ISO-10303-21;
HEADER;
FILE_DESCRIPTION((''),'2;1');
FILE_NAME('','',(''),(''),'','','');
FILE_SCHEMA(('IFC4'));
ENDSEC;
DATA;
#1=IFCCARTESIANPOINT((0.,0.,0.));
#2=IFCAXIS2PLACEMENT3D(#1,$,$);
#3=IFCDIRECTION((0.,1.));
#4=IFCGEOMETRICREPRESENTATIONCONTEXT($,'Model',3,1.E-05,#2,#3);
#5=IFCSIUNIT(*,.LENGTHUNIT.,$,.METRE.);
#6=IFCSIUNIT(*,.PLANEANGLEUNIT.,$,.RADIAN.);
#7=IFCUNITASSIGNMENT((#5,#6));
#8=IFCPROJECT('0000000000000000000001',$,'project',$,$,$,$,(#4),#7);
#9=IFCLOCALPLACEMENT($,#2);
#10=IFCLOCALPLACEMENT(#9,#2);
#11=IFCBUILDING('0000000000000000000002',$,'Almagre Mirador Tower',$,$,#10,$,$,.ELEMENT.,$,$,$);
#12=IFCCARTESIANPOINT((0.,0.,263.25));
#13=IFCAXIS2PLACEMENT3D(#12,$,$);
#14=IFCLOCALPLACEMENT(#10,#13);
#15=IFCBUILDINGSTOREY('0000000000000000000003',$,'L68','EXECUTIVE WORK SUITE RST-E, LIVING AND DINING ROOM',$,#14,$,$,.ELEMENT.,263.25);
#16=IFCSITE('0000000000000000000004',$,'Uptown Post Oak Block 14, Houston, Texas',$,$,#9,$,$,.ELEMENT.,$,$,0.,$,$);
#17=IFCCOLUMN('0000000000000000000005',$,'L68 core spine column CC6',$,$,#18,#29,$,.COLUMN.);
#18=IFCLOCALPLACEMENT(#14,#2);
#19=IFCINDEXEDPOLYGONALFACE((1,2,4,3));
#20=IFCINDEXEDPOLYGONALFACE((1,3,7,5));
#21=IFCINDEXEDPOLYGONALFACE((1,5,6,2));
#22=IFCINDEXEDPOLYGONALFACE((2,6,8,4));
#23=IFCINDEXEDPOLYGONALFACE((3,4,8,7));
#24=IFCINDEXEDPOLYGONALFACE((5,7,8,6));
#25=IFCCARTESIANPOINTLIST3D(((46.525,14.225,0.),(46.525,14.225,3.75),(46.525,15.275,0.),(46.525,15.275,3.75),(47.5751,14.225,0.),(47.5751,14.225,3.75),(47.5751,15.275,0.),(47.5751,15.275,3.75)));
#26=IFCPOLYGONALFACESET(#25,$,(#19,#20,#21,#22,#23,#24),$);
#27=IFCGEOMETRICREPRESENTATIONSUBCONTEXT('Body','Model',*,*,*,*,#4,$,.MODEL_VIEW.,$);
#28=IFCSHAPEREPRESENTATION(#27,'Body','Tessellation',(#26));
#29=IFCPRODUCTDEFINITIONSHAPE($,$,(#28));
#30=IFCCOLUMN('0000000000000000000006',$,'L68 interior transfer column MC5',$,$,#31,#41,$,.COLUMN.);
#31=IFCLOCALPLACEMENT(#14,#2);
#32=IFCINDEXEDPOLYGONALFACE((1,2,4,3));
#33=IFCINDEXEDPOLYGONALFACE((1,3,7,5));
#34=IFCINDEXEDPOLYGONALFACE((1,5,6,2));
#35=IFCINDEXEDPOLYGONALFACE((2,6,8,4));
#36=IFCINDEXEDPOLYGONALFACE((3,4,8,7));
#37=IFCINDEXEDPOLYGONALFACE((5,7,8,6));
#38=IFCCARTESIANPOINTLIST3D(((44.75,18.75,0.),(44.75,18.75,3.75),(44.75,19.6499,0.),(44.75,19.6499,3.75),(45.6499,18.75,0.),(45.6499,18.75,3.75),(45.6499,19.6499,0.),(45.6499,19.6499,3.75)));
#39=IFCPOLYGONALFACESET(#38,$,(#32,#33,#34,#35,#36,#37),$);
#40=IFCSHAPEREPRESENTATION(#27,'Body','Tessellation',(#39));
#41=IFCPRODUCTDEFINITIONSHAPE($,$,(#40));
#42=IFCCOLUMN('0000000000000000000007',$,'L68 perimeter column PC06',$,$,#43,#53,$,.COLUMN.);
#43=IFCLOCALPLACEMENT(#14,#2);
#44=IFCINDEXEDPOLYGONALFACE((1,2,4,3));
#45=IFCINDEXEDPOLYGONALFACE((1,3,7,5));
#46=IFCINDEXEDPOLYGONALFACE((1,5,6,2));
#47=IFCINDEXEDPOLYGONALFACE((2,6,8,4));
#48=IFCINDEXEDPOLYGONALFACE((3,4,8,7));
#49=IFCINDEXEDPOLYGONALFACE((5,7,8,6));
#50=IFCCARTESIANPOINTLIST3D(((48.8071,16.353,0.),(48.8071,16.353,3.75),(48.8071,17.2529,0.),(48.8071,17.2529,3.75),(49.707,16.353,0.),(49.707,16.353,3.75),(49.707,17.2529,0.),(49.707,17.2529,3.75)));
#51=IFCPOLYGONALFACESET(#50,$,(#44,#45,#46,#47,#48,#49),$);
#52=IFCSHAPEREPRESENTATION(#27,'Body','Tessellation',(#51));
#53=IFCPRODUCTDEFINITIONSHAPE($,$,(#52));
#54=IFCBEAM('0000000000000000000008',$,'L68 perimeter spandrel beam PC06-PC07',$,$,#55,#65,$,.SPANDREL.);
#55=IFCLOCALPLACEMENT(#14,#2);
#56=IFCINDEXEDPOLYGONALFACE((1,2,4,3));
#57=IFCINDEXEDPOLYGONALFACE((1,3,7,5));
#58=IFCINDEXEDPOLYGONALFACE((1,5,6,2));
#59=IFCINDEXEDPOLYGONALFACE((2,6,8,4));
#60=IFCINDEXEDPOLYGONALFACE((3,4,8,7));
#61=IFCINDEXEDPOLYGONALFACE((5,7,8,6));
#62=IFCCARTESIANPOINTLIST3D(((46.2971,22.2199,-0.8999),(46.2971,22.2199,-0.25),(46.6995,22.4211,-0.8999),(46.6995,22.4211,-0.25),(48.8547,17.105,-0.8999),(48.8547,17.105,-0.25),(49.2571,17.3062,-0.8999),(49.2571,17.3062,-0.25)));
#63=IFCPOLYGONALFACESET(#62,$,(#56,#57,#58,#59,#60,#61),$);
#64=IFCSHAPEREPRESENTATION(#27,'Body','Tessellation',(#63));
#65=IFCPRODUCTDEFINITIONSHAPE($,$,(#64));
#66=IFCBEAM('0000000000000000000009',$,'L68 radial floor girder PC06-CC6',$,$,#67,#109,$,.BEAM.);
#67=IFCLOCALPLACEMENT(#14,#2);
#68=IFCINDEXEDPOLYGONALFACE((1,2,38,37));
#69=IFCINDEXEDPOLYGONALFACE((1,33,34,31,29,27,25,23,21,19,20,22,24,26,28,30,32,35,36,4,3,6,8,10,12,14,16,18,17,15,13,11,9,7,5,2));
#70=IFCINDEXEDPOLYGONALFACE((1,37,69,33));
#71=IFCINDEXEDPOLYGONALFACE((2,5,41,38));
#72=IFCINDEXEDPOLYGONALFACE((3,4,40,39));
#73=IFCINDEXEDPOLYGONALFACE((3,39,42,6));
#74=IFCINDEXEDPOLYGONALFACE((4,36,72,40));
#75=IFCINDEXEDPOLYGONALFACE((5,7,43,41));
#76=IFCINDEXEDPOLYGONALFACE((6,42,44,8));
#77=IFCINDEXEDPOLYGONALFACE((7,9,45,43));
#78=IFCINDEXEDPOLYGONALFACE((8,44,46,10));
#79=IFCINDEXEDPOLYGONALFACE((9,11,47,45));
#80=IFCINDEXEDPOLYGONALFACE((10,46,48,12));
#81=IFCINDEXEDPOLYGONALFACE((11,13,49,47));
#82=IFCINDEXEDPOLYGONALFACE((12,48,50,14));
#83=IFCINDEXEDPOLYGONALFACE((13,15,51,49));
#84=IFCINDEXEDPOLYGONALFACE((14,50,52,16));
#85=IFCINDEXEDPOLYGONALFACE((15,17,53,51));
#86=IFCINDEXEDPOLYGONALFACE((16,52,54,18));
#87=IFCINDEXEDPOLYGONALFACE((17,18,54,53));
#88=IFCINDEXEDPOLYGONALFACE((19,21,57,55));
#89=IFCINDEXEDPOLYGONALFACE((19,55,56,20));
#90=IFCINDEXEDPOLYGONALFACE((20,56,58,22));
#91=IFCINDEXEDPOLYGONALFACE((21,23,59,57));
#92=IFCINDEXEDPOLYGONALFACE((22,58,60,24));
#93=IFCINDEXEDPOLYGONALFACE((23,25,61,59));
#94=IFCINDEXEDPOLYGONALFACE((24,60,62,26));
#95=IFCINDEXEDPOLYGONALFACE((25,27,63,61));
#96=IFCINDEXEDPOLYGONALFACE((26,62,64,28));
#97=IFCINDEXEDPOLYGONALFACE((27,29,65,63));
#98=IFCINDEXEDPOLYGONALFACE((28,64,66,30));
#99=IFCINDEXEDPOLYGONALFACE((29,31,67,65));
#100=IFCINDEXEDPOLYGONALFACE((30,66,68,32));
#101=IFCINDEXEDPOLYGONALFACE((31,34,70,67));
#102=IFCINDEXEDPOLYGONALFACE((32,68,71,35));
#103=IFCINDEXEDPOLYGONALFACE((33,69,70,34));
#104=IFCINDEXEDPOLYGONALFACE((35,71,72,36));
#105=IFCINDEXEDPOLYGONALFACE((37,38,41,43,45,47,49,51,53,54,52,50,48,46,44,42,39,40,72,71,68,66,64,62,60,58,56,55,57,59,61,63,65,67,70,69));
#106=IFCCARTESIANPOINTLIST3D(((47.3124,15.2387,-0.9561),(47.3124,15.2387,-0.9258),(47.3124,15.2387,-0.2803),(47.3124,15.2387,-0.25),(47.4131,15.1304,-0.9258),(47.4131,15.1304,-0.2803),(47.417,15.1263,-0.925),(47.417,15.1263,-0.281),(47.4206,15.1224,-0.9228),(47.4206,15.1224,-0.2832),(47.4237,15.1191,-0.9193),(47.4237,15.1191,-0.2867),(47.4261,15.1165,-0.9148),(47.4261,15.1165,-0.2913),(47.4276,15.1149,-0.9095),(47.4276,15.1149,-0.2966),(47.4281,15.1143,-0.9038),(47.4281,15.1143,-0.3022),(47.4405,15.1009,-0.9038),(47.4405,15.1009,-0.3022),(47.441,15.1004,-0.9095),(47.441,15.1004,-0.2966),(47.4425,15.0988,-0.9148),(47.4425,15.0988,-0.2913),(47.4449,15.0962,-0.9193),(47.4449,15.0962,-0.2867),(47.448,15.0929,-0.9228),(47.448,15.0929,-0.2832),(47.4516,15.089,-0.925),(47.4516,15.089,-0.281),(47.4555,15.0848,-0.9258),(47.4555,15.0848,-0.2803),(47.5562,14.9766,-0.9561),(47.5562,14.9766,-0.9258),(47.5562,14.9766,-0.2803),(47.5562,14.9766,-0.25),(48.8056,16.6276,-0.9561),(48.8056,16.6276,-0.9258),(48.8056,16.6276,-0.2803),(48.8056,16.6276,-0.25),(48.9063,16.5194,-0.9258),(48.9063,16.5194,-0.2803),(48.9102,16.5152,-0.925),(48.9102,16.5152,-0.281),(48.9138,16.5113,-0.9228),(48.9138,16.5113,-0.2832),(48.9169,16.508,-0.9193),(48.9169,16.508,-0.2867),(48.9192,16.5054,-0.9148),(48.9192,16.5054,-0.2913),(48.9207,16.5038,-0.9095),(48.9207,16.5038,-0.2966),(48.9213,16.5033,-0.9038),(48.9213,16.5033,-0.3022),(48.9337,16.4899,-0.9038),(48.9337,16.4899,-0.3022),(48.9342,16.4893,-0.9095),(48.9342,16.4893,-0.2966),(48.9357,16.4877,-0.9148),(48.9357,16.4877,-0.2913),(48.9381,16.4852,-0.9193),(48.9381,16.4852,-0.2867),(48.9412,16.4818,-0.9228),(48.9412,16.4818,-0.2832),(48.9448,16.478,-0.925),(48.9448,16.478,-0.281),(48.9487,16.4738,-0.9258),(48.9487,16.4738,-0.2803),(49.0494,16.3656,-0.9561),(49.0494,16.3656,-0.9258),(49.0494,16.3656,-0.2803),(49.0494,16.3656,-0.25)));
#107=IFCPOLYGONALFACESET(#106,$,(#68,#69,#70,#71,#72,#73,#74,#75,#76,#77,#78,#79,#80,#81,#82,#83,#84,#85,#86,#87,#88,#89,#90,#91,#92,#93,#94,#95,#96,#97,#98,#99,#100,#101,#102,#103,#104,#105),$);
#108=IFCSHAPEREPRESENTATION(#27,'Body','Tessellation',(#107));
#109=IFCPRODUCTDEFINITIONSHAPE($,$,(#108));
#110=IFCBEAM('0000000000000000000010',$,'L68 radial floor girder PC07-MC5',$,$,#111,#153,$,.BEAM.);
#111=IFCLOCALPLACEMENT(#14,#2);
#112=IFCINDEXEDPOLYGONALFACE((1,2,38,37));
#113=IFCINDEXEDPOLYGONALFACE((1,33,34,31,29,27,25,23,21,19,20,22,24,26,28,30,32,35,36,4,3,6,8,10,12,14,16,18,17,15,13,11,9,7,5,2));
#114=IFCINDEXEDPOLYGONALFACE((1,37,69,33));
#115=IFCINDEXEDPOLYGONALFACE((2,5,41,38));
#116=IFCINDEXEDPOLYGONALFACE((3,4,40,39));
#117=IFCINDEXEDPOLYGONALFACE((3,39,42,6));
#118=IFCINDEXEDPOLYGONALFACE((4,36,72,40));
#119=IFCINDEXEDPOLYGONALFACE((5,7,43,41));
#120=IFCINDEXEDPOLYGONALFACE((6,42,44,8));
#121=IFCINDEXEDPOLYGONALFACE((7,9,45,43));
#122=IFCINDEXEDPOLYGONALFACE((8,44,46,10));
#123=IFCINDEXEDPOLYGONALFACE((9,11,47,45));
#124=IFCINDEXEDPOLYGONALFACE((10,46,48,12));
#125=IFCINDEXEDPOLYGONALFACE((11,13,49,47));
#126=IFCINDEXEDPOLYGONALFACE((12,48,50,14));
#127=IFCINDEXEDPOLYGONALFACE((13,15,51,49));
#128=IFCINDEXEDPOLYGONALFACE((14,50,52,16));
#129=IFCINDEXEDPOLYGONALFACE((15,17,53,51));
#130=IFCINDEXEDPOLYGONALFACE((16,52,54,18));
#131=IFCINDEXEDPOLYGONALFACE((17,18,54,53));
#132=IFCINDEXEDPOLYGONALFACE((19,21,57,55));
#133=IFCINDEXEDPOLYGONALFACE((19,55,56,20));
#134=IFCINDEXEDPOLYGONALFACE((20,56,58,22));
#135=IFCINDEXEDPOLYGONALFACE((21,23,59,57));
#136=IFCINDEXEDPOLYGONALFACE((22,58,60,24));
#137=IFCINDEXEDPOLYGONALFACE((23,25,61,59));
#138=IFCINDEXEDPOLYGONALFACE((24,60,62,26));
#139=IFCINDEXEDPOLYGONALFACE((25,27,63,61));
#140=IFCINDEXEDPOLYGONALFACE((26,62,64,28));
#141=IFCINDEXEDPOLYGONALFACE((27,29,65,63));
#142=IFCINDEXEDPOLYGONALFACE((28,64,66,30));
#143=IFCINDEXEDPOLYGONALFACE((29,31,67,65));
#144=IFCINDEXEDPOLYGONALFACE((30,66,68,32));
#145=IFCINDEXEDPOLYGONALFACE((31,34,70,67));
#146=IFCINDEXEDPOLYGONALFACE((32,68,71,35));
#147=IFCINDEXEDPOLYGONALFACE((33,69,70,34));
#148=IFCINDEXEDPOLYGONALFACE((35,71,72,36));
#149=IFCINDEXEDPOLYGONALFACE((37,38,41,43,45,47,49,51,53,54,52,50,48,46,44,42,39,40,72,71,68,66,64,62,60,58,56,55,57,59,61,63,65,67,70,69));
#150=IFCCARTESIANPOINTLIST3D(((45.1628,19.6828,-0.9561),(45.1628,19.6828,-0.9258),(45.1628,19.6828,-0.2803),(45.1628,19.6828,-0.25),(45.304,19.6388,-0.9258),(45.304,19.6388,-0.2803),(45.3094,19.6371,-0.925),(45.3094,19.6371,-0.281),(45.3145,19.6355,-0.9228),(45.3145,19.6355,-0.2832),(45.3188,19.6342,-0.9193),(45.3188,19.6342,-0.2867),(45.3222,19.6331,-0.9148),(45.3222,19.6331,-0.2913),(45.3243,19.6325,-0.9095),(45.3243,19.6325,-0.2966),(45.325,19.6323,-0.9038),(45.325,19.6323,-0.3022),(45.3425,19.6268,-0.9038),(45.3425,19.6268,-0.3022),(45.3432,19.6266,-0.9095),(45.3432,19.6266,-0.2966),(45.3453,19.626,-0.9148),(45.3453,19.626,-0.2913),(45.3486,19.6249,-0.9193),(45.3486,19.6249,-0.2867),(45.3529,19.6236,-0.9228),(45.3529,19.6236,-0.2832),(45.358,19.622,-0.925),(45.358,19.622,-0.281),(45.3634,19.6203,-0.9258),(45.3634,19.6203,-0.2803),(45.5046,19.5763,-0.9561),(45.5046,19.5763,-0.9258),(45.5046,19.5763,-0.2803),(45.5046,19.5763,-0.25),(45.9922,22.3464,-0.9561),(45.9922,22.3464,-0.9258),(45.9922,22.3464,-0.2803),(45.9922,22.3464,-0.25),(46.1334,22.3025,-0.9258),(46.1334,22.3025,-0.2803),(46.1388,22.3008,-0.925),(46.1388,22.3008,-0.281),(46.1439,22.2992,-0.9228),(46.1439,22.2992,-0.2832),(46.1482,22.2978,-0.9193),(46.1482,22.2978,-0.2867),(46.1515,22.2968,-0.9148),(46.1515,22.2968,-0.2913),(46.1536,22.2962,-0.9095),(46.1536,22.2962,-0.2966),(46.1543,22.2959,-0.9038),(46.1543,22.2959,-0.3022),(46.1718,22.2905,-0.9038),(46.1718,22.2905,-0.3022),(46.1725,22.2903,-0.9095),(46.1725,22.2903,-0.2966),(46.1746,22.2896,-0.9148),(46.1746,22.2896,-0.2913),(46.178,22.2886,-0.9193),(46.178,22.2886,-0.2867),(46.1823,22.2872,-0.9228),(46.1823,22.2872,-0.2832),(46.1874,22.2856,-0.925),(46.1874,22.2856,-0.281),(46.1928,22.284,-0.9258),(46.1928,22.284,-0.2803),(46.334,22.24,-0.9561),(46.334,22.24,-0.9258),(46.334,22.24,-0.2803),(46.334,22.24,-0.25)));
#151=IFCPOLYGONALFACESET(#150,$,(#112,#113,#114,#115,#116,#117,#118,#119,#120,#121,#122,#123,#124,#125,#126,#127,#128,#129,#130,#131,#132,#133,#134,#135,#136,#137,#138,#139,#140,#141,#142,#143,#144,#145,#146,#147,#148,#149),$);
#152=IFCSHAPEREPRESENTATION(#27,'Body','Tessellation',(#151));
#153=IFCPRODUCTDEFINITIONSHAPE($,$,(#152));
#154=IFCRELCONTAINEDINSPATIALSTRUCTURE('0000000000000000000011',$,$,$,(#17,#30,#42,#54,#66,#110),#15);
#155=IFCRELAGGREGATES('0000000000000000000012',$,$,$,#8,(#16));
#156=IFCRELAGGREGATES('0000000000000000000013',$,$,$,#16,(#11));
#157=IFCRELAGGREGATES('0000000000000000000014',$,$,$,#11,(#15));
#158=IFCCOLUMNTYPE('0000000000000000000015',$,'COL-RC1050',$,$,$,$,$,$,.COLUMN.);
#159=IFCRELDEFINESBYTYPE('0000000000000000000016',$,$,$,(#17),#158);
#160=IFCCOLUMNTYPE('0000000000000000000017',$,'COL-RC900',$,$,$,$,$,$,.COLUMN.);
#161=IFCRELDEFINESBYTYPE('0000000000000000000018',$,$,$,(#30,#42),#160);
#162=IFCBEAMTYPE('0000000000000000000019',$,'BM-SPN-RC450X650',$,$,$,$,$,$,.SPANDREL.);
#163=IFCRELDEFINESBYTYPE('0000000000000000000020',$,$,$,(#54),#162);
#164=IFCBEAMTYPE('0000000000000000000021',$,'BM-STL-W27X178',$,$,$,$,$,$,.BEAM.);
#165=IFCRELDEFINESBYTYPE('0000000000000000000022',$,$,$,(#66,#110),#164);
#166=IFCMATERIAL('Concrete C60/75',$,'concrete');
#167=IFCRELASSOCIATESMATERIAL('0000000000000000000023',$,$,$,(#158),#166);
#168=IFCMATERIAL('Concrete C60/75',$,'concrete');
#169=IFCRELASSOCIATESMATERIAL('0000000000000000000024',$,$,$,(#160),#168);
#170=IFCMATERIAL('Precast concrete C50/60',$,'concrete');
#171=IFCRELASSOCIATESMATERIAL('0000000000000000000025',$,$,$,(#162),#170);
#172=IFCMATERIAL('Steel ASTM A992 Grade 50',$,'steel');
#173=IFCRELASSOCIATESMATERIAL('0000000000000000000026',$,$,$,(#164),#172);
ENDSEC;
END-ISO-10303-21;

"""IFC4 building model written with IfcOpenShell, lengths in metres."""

from ifc_helpers import new_model, si_unit, direction, frame, origin, origin_2d, place, context, subcontext, project, spatial, rectangle, i_section, extrude, material, material_profile, profile_set, type_object, element, save


model = new_model("IFC4")

# Units and contexts
model_context = context("Model", 3, precision=1e-05, world=origin(), true_north=direction((0.0, 1.0)))
body_context = subcontext(model_context, "Body", "Model", "MODEL_VIEW")
ifc_project = project(units=[si_unit("LENGTHUNIT", "METRE"), si_unit("PLANEANGLEUNIT", "RADIAN")], contexts=[model_context])

# Site, building, storey
site_placement = place(None, origin())
site = spatial("IfcSite", under=ifc_project, at=site_placement, Name="Uptown Post Oak Block 14, Houston, Texas", CompositionType="ELEMENT", RefElevation=0.0)
building_placement = place(site_placement, origin())
building = spatial("IfcBuilding", under=site, at=building_placement, Name="Almagre Mirador Tower", CompositionType="ELEMENT")
storey_placement = place(building_placement, frame((0.0, 0.0, 263.25)))
storey = spatial("IfcBuildingStorey", under=building, at=storey_placement, Name="L68", Description="EXECUTIVE WORK SUITE RST-E, LIVING AND DINING ROOM", CompositionType="ELEMENT", Elevation=263.25)

# Columns
ifc_material_1 = material(Name="Concrete C60/75", Category="concrete")
ifc_material_profile_1 = material_profile(ifc_material_1, rectangle(XDim=1.05, YDim=1.05, at=origin_2d()), Name="RC1050X1050")
ifc_profile_set_1 = profile_set([ifc_material_profile_1], Name="Concrete C60/75")
column_type_1 = type_object("IfcColumnType", Name="COL-RC1050", PredefinedType="COLUMN", material=ifc_profile_set_1)
column_placement = place(storey_placement, frame((47.05, 14.75, 0.0), z_axis=(0.0, 0.0, 1.0), x_axis=(1.0, 0.0, 0.0)))
element("IfcColumn", 1, at=column_placement, inside=storey, type_object=column_type_1, Name="L68 core spine column CC6", PredefinedType="COLUMN", context=body_context, shape_type="SweptSolid", body=[
    extrude(rectangle(XDim=1.05, YDim=1.05, at=origin_2d()), origin(), (0.0, 0.0, 1.0), 3.75),
])
ifc_material_2 = material(Name="Concrete C60/75", Category="concrete")
ifc_material_profile_2 = material_profile(ifc_material_2, rectangle(XDim=0.8999, YDim=0.8999, at=origin_2d()), Name="RC900X900")
ifc_profile_set_2 = profile_set([ifc_material_profile_2], Name="Concrete C60/75")
column_type_2 = type_object("IfcColumnType", Name="COL-RC900", PredefinedType="COLUMN", material=ifc_profile_set_2)
for number, where, z_axis, x_axis, name in (
    (2, (45.2, 19.2, 0.0), (0.0, 0.0, 1.0), (1.0, 0.0, 0.0), "L68 interior transfer column MC5"),
    (3, (49.2571, 16.803, 0.0), (0.0, 0.0, 1.0), (1.0, 0.0, 0.0), "L68 perimeter column PC06"),
):
    element("IfcColumn", number, at=place(storey_placement, frame(where, z_axis=z_axis, x_axis=x_axis)), inside=storey, type_object=column_type_2, Name=name, PredefinedType="COLUMN", context=body_context, shape_type="SweptSolid", body=[
        extrude(rectangle(XDim=0.8999, YDim=0.8999, at=origin_2d()), origin(), (0.0, 0.0, 1.0), 3.75),
    ])

# Beams
ifc_material_3 = material(Name="Precast concrete C50/60", Category="concrete")
ifc_material_profile_3 = material_profile(ifc_material_3, rectangle(XDim=0.45, YDim=0.6499, at=origin_2d()), Name="RC450X650")
ifc_profile_set_3 = profile_set([ifc_material_profile_3], Name="Precast concrete C50/60")
beam_type_1 = type_object("IfcBeamType", Name="BM-SPN-RC450X650", PredefinedType="SPANDREL", material=ifc_profile_set_3)
beam_1_placement = place(storey_placement, frame((49.0559, 17.2056, -0.575), z_axis=(-0.447231, 0.894419, 0.0), x_axis=(-0.894419, -0.447231, 0.0)))
element("IfcBeam", 4, at=beam_1_placement, inside=storey, type_object=beam_type_1, Name="L68 perimeter spandrel beam PC06-PC07", PredefinedType="SPANDREL", context=body_context, shape_type="SweptSolid", body=[
    extrude(rectangle(XDim=0.45, YDim=0.6499, at=origin_2d()), origin(), (0.0, 0.0, 1.0), 5.7188),
])
ifc_material_4 = material(Name="Steel ASTM A992 Grade 50", Category="steel")
ifc_material_profile_4 = material_profile(ifc_material_4, i_section(OverallWidth=0.3579, OverallDepth=0.7061, WebThickness=0.0183, FlangeThickness=0.0303, FilletRadius=0.022, at=origin_2d()), Name="W27X178")
ifc_profile_set_4 = profile_set([ifc_material_profile_4], Name="Steel ASTM A992 Grade 50")
beam_type_2 = type_object("IfcBeamType", Name="BM-STL-W27X178", PredefinedType="BEAM", material=ifc_profile_set_4)
beam_2_placement = place(storey_placement, frame((48.9275, 16.4966, -0.603), z_axis=(-0.732205, -0.681085, 0.0), x_axis=(0.681085, -0.732205, 0.0)))
element("IfcBeam", 5, at=beam_2_placement, inside=storey, type_object=beam_type_2, Name="L68 radial floor girder PC06-CC6", PredefinedType="BEAM", context=body_context, shape_type="SweptSolid", body=[
    extrude(i_section(OverallWidth=0.3579, OverallDepth=0.7061, WebThickness=0.0183, FlangeThickness=0.0303, FilletRadius=0.022, at=origin_2d()), origin(), (0.0, 0.0, 1.0), 2.0393),
])
beam_3_placement = place(storey_placement, frame((46.1631, 22.2932, -0.603), z_axis=(-0.297288, -0.954788, 0.0), x_axis=(0.954788, -0.297288, 0.0)))
element("IfcBeam", 6, at=beam_3_placement, inside=storey, type_object=beam_type_2, Name="L68 radial floor girder PC07-MC5", PredefinedType="BEAM", context=body_context, shape_type="SweptSolid", body=[
    extrude(i_section(OverallWidth=0.3579, OverallDepth=0.7061, WebThickness=0.0183, FlangeThickness=0.0303, FilletRadius=0.022, at=origin_2d()), origin(), (0.0, 0.0, 1.0), 2.7898),
])

save(model, "model.ifc")
